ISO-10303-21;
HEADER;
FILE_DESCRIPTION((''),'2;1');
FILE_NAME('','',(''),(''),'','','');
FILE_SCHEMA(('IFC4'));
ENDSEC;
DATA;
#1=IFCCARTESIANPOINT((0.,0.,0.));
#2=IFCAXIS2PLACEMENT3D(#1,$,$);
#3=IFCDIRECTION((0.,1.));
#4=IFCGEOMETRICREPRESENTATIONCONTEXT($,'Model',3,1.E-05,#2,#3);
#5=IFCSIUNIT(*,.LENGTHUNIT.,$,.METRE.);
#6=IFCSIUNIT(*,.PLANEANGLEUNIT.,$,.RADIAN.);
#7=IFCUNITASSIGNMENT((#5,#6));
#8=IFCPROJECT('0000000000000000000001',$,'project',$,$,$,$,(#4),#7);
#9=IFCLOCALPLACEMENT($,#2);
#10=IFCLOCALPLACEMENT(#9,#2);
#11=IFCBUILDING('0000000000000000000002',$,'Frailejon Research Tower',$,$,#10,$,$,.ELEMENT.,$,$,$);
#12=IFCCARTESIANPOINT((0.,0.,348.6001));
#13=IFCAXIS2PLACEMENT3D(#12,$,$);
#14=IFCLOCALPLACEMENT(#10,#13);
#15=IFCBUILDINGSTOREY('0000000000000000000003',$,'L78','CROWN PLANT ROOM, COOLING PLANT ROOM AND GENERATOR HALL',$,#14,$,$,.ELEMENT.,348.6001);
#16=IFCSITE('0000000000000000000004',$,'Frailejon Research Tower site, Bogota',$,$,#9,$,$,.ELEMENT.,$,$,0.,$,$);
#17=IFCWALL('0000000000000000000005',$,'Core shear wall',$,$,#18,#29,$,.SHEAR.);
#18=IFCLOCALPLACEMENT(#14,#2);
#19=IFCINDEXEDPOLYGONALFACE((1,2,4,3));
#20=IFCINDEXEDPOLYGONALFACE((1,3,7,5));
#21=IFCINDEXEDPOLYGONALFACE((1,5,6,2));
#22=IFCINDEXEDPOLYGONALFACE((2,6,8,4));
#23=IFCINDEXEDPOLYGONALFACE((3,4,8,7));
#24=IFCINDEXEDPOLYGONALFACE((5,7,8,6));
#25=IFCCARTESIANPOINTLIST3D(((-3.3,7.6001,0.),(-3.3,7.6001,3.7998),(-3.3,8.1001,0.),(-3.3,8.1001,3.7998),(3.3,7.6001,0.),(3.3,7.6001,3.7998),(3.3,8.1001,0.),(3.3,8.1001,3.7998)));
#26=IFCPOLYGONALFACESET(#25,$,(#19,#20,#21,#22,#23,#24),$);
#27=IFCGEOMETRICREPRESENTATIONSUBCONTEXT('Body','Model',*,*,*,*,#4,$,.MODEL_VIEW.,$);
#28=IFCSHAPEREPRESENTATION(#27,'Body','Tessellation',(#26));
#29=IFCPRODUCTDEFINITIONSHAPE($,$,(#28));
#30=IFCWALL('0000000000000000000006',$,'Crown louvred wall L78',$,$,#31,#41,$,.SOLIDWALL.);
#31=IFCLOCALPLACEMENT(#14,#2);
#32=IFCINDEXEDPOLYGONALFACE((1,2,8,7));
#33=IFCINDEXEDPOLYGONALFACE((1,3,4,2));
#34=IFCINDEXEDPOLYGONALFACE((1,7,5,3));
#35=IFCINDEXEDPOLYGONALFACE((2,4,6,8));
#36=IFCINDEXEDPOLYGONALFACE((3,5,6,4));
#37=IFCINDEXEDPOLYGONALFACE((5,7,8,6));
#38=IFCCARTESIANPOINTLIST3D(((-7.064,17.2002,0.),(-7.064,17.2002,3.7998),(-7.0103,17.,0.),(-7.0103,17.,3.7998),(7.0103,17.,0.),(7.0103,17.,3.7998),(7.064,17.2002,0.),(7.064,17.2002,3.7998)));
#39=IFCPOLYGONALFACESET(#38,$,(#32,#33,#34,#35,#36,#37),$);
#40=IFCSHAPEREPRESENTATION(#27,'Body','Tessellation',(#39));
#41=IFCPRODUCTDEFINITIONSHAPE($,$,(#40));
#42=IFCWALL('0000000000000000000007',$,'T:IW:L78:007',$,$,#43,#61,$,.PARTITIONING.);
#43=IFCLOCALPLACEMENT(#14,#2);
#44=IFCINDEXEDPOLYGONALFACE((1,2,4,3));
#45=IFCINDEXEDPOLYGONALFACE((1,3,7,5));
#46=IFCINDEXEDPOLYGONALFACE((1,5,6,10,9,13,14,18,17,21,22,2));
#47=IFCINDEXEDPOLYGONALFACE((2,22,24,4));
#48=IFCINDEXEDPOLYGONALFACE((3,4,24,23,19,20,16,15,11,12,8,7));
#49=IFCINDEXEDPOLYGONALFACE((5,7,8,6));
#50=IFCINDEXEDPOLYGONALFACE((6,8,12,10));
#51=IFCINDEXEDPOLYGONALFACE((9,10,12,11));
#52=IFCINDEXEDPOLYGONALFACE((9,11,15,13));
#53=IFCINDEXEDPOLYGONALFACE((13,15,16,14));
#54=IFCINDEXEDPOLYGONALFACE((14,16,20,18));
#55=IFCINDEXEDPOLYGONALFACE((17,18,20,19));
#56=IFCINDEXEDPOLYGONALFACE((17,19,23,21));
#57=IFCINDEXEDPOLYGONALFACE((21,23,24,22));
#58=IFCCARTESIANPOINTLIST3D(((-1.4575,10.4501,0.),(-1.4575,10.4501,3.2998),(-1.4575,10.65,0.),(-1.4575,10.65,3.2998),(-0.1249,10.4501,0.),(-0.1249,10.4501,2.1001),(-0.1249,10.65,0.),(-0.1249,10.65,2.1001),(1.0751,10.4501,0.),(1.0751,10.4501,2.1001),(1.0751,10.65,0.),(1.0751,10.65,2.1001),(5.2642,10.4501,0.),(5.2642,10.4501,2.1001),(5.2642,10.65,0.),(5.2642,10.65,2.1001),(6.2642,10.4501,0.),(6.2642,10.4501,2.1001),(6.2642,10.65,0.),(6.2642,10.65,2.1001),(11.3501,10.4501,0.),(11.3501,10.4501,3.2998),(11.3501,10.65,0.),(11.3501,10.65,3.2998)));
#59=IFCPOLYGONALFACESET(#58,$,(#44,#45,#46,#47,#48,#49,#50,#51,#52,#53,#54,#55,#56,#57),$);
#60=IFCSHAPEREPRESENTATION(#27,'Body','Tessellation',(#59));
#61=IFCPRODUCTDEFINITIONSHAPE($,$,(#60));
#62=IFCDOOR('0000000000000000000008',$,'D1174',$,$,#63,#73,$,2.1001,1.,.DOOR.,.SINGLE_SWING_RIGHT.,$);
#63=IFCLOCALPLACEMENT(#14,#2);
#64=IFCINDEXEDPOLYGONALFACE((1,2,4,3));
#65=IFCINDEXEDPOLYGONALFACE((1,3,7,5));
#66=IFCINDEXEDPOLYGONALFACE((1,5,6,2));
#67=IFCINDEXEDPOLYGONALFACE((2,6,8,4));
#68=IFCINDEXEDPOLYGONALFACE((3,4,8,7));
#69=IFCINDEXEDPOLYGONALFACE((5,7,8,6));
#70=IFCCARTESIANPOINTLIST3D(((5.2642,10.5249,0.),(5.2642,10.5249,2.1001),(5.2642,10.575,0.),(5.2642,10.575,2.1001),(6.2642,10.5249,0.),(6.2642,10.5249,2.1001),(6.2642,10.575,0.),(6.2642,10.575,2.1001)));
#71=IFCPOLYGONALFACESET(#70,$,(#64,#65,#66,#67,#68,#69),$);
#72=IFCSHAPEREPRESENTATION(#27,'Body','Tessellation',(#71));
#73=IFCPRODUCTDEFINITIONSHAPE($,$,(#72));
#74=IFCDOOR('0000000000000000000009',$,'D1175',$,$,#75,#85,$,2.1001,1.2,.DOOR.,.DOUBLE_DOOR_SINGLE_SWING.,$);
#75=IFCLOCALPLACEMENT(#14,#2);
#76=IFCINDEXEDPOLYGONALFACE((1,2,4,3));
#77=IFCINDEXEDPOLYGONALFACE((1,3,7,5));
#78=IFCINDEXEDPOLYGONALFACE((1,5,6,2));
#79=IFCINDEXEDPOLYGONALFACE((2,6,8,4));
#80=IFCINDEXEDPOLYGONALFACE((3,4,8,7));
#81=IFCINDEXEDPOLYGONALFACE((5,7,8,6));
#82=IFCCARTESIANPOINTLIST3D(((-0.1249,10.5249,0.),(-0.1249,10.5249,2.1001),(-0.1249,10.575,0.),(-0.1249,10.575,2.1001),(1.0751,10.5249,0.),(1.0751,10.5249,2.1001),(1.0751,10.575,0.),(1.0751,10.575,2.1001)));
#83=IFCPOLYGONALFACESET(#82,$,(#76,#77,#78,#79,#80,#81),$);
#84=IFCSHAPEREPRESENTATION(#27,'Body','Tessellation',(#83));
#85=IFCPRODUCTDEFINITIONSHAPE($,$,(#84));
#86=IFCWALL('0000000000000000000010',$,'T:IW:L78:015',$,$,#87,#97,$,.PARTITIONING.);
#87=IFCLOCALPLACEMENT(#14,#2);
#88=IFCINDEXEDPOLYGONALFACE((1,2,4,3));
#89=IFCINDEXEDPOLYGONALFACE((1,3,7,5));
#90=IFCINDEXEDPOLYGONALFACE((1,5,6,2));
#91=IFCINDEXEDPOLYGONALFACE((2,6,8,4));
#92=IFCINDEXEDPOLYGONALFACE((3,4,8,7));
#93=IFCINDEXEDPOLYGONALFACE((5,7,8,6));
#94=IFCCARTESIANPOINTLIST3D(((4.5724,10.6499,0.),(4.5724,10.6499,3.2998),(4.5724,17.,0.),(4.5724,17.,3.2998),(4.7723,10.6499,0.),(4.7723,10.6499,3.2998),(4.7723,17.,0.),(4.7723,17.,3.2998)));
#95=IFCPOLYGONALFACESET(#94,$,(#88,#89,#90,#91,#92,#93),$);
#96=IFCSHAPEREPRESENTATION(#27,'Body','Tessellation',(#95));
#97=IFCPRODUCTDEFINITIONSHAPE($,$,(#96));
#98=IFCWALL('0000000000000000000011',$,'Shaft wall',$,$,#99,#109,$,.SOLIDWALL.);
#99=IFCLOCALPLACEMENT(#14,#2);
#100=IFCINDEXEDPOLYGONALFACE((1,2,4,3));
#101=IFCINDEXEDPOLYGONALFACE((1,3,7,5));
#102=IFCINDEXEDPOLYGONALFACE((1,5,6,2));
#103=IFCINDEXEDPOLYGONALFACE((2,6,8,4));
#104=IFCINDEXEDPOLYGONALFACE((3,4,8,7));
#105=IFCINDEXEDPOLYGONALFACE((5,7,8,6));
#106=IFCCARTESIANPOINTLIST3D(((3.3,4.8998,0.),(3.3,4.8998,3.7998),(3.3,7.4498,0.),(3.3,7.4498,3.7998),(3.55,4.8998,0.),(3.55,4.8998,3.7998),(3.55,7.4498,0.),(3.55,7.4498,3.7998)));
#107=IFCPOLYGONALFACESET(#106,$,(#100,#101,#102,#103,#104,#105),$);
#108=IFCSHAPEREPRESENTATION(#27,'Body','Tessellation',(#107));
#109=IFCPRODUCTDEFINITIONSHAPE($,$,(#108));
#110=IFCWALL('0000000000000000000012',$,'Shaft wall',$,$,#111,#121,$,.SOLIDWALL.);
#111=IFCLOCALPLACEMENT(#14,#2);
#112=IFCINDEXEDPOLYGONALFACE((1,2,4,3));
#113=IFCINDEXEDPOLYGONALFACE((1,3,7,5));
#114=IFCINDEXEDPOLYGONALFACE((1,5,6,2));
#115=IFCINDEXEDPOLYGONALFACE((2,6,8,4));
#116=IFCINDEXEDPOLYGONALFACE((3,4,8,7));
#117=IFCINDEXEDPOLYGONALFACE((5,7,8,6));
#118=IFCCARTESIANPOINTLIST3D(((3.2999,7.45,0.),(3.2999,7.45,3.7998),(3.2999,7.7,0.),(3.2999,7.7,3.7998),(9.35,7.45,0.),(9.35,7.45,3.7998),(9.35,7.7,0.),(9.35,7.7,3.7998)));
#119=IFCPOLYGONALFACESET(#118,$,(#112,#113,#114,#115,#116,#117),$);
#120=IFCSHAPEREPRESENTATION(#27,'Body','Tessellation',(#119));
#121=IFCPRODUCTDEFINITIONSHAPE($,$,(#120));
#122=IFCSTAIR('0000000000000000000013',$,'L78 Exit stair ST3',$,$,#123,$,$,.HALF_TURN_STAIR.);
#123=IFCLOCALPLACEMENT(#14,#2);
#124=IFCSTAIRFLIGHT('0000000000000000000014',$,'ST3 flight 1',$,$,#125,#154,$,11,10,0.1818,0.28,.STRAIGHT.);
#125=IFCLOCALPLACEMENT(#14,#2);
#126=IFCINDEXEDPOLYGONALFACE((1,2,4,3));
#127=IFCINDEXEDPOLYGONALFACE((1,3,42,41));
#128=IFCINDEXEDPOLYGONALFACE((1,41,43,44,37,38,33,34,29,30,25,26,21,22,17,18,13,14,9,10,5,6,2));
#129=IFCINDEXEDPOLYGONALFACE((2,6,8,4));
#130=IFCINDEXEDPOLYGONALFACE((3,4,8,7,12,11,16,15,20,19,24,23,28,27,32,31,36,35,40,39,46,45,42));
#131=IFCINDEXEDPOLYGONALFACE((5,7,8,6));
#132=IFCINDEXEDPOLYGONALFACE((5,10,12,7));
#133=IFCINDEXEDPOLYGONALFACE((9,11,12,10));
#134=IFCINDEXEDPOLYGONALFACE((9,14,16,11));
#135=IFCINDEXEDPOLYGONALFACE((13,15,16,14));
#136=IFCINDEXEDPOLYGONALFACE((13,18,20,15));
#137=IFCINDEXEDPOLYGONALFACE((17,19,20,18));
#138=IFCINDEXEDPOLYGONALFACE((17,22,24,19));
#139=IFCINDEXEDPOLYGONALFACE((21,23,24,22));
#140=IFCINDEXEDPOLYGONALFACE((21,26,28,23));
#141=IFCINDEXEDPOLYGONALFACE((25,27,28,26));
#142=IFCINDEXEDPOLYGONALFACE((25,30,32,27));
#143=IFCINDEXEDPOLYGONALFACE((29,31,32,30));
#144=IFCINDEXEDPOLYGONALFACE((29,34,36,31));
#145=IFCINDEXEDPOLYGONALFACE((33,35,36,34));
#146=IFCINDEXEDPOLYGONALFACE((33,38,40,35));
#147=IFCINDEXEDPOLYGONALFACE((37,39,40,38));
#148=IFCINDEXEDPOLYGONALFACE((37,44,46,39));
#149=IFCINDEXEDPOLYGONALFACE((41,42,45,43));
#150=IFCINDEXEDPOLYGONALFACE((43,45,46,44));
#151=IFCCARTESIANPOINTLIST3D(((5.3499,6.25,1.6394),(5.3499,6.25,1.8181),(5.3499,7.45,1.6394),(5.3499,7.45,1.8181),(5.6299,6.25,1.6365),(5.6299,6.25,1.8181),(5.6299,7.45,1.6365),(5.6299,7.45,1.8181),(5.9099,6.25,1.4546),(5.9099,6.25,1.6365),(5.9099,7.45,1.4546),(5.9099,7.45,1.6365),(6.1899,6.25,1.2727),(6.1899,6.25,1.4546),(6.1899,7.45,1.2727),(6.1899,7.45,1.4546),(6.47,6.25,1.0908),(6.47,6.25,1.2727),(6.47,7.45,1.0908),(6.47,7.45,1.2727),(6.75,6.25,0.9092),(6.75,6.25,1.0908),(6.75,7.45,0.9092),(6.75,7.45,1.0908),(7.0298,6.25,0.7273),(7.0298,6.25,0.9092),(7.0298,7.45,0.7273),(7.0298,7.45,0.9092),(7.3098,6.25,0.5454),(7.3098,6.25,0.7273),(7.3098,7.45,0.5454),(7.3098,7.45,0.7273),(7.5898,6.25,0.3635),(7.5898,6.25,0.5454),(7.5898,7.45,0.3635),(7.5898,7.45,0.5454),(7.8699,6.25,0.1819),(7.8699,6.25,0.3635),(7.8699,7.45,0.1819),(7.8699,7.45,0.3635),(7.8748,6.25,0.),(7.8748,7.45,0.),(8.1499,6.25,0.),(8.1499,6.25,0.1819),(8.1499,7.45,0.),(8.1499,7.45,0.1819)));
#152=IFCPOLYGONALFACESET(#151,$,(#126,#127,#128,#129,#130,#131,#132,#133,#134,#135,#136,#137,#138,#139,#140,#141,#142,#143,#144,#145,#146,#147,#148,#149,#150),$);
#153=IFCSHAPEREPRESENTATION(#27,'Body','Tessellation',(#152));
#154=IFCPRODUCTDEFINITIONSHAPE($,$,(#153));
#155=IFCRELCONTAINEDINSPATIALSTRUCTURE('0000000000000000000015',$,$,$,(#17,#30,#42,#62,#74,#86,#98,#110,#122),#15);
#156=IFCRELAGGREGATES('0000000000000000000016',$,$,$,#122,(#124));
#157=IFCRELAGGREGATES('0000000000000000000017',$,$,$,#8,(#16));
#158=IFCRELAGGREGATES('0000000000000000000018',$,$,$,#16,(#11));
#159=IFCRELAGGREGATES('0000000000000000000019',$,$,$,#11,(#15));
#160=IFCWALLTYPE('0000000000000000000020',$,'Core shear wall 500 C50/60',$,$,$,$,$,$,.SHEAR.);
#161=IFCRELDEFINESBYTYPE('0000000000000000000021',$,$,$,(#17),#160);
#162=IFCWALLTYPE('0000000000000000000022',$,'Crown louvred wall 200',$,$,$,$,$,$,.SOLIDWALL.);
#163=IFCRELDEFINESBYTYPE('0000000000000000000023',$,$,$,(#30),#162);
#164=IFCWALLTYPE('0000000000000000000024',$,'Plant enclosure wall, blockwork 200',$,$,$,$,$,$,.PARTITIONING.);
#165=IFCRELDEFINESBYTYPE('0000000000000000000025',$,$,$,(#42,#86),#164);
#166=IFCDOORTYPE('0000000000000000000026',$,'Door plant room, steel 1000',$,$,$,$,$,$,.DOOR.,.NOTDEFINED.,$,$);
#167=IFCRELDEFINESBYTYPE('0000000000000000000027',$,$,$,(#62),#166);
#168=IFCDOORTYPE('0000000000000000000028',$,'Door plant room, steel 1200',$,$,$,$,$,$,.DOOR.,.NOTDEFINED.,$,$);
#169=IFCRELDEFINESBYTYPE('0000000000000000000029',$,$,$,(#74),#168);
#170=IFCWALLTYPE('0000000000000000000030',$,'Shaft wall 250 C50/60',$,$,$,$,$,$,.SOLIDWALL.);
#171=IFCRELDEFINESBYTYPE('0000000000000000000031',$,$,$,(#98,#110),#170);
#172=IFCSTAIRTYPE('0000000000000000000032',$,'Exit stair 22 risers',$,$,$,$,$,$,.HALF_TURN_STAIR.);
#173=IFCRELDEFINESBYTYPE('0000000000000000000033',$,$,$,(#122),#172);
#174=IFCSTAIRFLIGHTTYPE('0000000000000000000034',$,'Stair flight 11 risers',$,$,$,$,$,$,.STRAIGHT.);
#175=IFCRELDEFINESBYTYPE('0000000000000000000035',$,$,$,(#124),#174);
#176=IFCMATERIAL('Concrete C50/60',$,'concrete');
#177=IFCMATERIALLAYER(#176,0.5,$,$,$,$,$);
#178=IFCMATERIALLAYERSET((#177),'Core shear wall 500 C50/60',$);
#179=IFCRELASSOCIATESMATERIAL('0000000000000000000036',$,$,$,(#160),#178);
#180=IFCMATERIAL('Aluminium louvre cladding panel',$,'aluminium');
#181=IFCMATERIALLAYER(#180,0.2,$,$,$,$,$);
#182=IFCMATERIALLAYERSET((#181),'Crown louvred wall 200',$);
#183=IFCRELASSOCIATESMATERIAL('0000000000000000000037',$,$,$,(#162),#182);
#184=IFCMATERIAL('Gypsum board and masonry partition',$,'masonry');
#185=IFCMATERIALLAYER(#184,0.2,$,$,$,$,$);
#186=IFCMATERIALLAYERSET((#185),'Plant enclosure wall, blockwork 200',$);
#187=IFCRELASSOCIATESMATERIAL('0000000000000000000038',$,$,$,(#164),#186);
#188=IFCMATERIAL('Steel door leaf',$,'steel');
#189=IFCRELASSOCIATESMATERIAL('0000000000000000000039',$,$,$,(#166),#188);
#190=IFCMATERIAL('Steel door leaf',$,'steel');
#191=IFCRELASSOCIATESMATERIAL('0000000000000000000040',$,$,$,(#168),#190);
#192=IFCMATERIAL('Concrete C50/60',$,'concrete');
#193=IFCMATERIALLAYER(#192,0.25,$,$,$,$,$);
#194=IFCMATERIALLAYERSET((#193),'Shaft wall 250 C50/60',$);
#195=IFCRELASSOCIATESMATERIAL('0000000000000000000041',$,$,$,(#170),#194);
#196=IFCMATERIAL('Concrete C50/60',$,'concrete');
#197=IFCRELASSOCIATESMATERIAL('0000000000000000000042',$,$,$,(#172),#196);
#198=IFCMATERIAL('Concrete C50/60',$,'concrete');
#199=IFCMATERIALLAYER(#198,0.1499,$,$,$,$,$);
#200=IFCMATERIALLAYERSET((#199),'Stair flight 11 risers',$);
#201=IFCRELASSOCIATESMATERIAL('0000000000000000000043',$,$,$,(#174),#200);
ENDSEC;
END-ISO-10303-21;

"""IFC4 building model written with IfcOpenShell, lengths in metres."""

from ifc_helpers import new_model, si_unit, direction, frame, frame_2d, origin, place, context, subcontext, project, spatial, polyline, rectangle, outline, extrude, material, layer, layer_set, type_object, element, fill, aggregate, save


model = new_model("IFC4")

# Units and contexts
model_context = context("Model", 3, precision=1e-05, world=origin(), true_north=direction((0.0, 1.0)))
body_context = subcontext(model_context, "Body", "Model", "MODEL_VIEW")
ifc_project = project(units=[si_unit("LENGTHUNIT", "METRE"), si_unit("PLANEANGLEUNIT", "RADIAN")], contexts=[model_context])

# Site, building, storey
site_placement = place(None, origin())
site = spatial("IfcSite", under=ifc_project, at=site_placement, Name="Frailejon Research Tower site, Bogota", CompositionType="ELEMENT", RefElevation=0.0)
building_placement = place(site_placement, origin())
building = spatial("IfcBuilding", under=site, at=building_placement, Name="Frailejon Research Tower", CompositionType="ELEMENT")
storey_placement = place(building_placement, frame((0.0, 0.0, 348.6001)))
storey = spatial("IfcBuildingStorey", under=building, at=storey_placement, Name="L78", Description="CROWN PLANT ROOM, COOLING PLANT ROOM AND GENERATOR HALL", CompositionType="ELEMENT", Elevation=348.6001)

# Walls
ifc_material_1 = material(Name="Concrete C50/60", Category="concrete")
ifc_layer_1 = layer(ifc_material_1, 0.5)
ifc_layer_set_1 = layer_set([ifc_layer_1], Name="Core shear wall 500 C50/60")
wall_type_1 = type_object("IfcWallType", Name="Core shear wall 500 C50/60", PredefinedType="SHEAR", material=ifc_layer_set_1)
wall_1_placement = place(storey_placement, frame((3.3, 7.8501, 0.0), z_axis=(0.0, 0.0, 1.0), x_axis=(-1.0, 0.0, 0.0)))
element("IfcWall", 1, at=wall_1_placement, inside=storey, type_object=wall_type_1, Name="Core shear wall", PredefinedType="SHEAR", context=body_context, shape_type="SweptSolid", body=[
    extrude(rectangle(XDim=6.6001, YDim=0.5, at=frame_2d((3.3, 0.0))), origin(), (0.0, 0.0, 1.0), 3.7998),
])
ifc_material_2 = material(Name="Aluminium louvre cladding panel", Category="aluminium")
ifc_layer_2 = layer(ifc_material_2, 0.2)
ifc_layer_set_2 = layer_set([ifc_layer_2], Name="Crown louvred wall 200")
wall_type_2 = type_object("IfcWallType", Name="Crown louvred wall 200", PredefinedType="SOLIDWALL", material=ifc_layer_set_2)
wall_2_placement = place(storey_placement, frame((7.0371, 17.1001, 0.0), z_axis=(0.0, 0.0, 1.0), x_axis=(-1.0, 0.0, 0.0)))
element("IfcWall", 2, at=wall_2_placement, inside=storey, type_object=wall_type_2, Name="Crown louvred wall L78", PredefinedType="SOLIDWALL", context=body_context, shape_type="SweptSolid", body=[
    extrude(outline(polyline([(-0.0269, -0.1001), (14.1011, -0.1001), (14.0474, 0.1001), (0.0269, 0.1001), (-0.0269, -0.1001)])), origin(), (0.0, 0.0, 1.0), 3.7998),
])

# Wall, openings, doors
ifc_material_3 = material(Name="Gypsum board and masonry partition", Category="masonry")
ifc_layer_3 = layer(ifc_material_3, 0.2)
ifc_layer_set_3 = layer_set([ifc_layer_3], Name="Plant enclosure wall, blockwork 200")
wall_type_3 = type_object("IfcWallType", Name="Plant enclosure wall, blockwork 200", PredefinedType="PARTITIONING", material=ifc_layer_set_3)
wall_3_placement = place(storey_placement, frame((-1.4575, 10.55, 0.0), z_axis=(0.0, 0.0, 1.0), x_axis=(1.0, 0.0, 0.0)))
wall_3 = element("IfcWall", 3, at=wall_3_placement, inside=storey, type_object=wall_type_3, Name="T:IW:L78:007", PredefinedType="PARTITIONING", context=body_context, shape_type="SweptSolid", body=[
    extrude(rectangle(XDim=12.8076, YDim=0.2, at=frame_2d((6.4038, 0.0))), origin(), (0.0, 0.0, 1.0), 3.2998),
])
opening_1_placement = place(wall_3_placement, frame((6.7217, 0.0, 0.0)))
opening_1 = element("IfcOpeningElement", 4, at=opening_1_placement, cuts=wall_3, PredefinedType="OPENING", context=body_context, shape_type="SweptSolid", body=[
    extrude(rectangle(XDim=1.0, YDim=2.1001, at=frame_2d((0.5, 1.05))), frame((0.0, 0.1099, 0.0), z_axis=(0.0, -1.0, 0.0), x_axis=(1.0, 0.0, 0.0)), (0.0, 0.0, 1.0), 0.22),
])
opening_2_placement = place(wall_3_placement, frame((1.3325, 0.0, 0.0)))
opening_2 = element("IfcOpeningElement", 5, at=opening_2_placement, cuts=wall_3, PredefinedType="OPENING", context=body_context, shape_type="SweptSolid", body=[
    extrude(rectangle(XDim=1.2, YDim=2.1001, at=frame_2d((0.6001, 1.05))), frame((0.0, 0.1099, 0.0), z_axis=(0.0, -1.0, 0.0), x_axis=(1.0, 0.0, 0.0)), (0.0, 0.0, 1.0), 0.22),
])
ifc_material_4 = material(Name="Steel door leaf", Category="steel")
door_type_1 = type_object("IfcDoorType", Name="Door plant room, steel 1000", OperationType="NOTDEFINED", PredefinedType="DOOR", material=ifc_material_4)
door_1_placement = place(opening_1_placement, origin())
door_1 = element("IfcDoor", 6, at=door_1_placement, inside=storey, type_object=door_type_1, Name="D1174", OperationType="SINGLE_SWING_RIGHT", OverallHeight=2.1001, OverallWidth=1.0, PredefinedType="DOOR", context=body_context, shape_type="SweptSolid", body=[
    extrude(rectangle(XDim=1.0, YDim=2.1001, at=frame_2d((0.5, 1.05))), frame((0.0, 0.0249, 0.0), z_axis=(0.0, -1.0, 0.0), x_axis=(1.0, 0.0, 0.0)), (0.0, 0.0, 1.0), 0.05),
])
fill(opening_1, door_1)
ifc_material_5 = material(Name="Steel door leaf", Category="steel")
door_type_2 = type_object("IfcDoorType", Name="Door plant room, steel 1200", OperationType="NOTDEFINED", PredefinedType="DOOR", material=ifc_material_5)
door_2_placement = place(opening_2_placement, origin())
door_2 = element("IfcDoor", 7, at=door_2_placement, inside=storey, type_object=door_type_2, Name="D1175", OperationType="DOUBLE_DOOR_SINGLE_SWING", OverallHeight=2.1001, OverallWidth=1.2, PredefinedType="DOOR", context=body_context, shape_type="SweptSolid", body=[
    extrude(rectangle(XDim=1.2, YDim=2.1001, at=frame_2d((0.6001, 1.05))), frame((0.0, 0.0249, 0.0), z_axis=(0.0, -1.0, 0.0), x_axis=(1.0, 0.0, 0.0)), (0.0, 0.0, 1.0), 0.05),
])
fill(opening_2, door_2)

# Walls
wall_4_placement = place(storey_placement, frame((4.6724, 10.6499, 0.0), z_axis=(0.0, 0.0, 1.0), x_axis=(0.0, 1.0, 0.0)))
element("IfcWall", 8, at=wall_4_placement, inside=storey, type_object=wall_type_3, Name="T:IW:L78:015", PredefinedType="PARTITIONING", context=body_context, shape_type="SweptSolid", body=[
    extrude(rectangle(XDim=6.3501, YDim=0.2, at=frame_2d((3.175, 0.0))), origin(), (0.0, 0.0, 1.0), 3.2998),
])
ifc_material_6 = material(Name="Concrete C50/60", Category="concrete")
ifc_layer_4 = layer(ifc_material_6, 0.25)
ifc_layer_set_4 = layer_set([ifc_layer_4], Name="Shaft wall 250 C50/60")
wall_type_4 = type_object("IfcWallType", Name="Shaft wall 250 C50/60", PredefinedType="SOLIDWALL", material=ifc_layer_set_4)
wall_5_placement = place(storey_placement, frame((3.425, 4.8999, 0.0), z_axis=(0.0, 0.0, 1.0), x_axis=(0.0, 1.0, 0.0)))
element("IfcWall", 9, at=wall_5_placement, inside=storey, type_object=wall_type_4, Name="Shaft wall", PredefinedType="SOLIDWALL", context=body_context, shape_type="SweptSolid", body=[
    extrude(rectangle(XDim=2.55, YDim=0.25, at=frame_2d((1.2749, 0.0))), origin(), (0.0, 0.0, 1.0), 3.7998),
])
wall_6_placement = place(storey_placement, frame((3.3, 7.575, 0.0), z_axis=(0.0, 0.0, 1.0), x_axis=(1.0, 0.0, 0.0)))
element("IfcWall", 10, at=wall_6_placement, inside=storey, type_object=wall_type_4, Name="Shaft wall", PredefinedType="SOLIDWALL", context=body_context, shape_type="SweptSolid", body=[
    extrude(rectangle(XDim=6.05, YDim=0.25, at=frame_2d((3.0249, 0.0))), origin(), (0.0, 0.0, 1.0), 3.7998),
])

# Stair, stair flight
ifc_material_7 = material(Name="Concrete C50/60", Category="concrete")
stair_type = type_object("IfcStairType", Name="Exit stair 22 risers", PredefinedType="HALF_TURN_STAIR", material=ifc_material_7)
stair_placement = place(storey_placement, origin())
stair = element("IfcStair", 11, at=stair_placement, inside=storey, type_object=stair_type, Name="L78 Exit stair ST3", PredefinedType="HALF_TURN_STAIR")
ifc_material_8 = material(Name="Concrete C50/60", Category="concrete")
ifc_layer_5 = layer(ifc_material_8, 0.1499)
ifc_layer_set_5 = layer_set([ifc_layer_5], Name="Stair flight 11 risers")
stair_flight_type = type_object("IfcStairFlightType", Name="Stair flight 11 risers", PredefinedType="STRAIGHT", material=ifc_layer_set_5)
stair_flight_1_placement = place(storey_placement, frame((8.1499, 6.8501, 0.0), z_axis=(0.0, 0.0, 1.0), x_axis=(-1.0, 0.0, 0.0)))
stair_flight_1 = element("IfcStairFlight", 12, at=stair_flight_1_placement, type_object=stair_flight_type, Name="ST3 flight 1", NumberOfRisers=11, NumberOfTreads=10, PredefinedType="STRAIGHT", RiserHeight=0.1818, TreadLength=0.28, context=body_context, shape_type="SweptSolid", body=[
    extrude(outline(polyline([(0.0, 0.0), (0.0, 0.1819), (0.28, 0.1819), (0.28, 0.3635), (0.5601, 0.3635), (0.5601, 0.5454), (0.8401, 0.5454), (0.8401, 0.7273), (1.1201, 0.7273), (1.1201, 0.9092), (1.3999, 0.9092), (1.3999, 1.0908), (1.6799, 1.0908), (1.6799, 1.2727), (1.96, 1.2727), (1.96, 1.4546), (2.24, 1.4546), (2.24, 1.6365), (2.52, 1.6365), (2.52, 1.8181), (2.8, 1.8181), (2.8, 2.0), (2.8, 1.6394), (0.2751, 0.0), (0.0, 0.0)])), frame((0.0, 0.6001, 0.0), z_axis=(0.0, -1.0, 0.0), x_axis=(1.0, 0.0, 0.0)), (0.0, 0.0, 1.0), 1.2),
])
aggregate(stair, [stair_flight_1])

save(model, "model.ifc")
